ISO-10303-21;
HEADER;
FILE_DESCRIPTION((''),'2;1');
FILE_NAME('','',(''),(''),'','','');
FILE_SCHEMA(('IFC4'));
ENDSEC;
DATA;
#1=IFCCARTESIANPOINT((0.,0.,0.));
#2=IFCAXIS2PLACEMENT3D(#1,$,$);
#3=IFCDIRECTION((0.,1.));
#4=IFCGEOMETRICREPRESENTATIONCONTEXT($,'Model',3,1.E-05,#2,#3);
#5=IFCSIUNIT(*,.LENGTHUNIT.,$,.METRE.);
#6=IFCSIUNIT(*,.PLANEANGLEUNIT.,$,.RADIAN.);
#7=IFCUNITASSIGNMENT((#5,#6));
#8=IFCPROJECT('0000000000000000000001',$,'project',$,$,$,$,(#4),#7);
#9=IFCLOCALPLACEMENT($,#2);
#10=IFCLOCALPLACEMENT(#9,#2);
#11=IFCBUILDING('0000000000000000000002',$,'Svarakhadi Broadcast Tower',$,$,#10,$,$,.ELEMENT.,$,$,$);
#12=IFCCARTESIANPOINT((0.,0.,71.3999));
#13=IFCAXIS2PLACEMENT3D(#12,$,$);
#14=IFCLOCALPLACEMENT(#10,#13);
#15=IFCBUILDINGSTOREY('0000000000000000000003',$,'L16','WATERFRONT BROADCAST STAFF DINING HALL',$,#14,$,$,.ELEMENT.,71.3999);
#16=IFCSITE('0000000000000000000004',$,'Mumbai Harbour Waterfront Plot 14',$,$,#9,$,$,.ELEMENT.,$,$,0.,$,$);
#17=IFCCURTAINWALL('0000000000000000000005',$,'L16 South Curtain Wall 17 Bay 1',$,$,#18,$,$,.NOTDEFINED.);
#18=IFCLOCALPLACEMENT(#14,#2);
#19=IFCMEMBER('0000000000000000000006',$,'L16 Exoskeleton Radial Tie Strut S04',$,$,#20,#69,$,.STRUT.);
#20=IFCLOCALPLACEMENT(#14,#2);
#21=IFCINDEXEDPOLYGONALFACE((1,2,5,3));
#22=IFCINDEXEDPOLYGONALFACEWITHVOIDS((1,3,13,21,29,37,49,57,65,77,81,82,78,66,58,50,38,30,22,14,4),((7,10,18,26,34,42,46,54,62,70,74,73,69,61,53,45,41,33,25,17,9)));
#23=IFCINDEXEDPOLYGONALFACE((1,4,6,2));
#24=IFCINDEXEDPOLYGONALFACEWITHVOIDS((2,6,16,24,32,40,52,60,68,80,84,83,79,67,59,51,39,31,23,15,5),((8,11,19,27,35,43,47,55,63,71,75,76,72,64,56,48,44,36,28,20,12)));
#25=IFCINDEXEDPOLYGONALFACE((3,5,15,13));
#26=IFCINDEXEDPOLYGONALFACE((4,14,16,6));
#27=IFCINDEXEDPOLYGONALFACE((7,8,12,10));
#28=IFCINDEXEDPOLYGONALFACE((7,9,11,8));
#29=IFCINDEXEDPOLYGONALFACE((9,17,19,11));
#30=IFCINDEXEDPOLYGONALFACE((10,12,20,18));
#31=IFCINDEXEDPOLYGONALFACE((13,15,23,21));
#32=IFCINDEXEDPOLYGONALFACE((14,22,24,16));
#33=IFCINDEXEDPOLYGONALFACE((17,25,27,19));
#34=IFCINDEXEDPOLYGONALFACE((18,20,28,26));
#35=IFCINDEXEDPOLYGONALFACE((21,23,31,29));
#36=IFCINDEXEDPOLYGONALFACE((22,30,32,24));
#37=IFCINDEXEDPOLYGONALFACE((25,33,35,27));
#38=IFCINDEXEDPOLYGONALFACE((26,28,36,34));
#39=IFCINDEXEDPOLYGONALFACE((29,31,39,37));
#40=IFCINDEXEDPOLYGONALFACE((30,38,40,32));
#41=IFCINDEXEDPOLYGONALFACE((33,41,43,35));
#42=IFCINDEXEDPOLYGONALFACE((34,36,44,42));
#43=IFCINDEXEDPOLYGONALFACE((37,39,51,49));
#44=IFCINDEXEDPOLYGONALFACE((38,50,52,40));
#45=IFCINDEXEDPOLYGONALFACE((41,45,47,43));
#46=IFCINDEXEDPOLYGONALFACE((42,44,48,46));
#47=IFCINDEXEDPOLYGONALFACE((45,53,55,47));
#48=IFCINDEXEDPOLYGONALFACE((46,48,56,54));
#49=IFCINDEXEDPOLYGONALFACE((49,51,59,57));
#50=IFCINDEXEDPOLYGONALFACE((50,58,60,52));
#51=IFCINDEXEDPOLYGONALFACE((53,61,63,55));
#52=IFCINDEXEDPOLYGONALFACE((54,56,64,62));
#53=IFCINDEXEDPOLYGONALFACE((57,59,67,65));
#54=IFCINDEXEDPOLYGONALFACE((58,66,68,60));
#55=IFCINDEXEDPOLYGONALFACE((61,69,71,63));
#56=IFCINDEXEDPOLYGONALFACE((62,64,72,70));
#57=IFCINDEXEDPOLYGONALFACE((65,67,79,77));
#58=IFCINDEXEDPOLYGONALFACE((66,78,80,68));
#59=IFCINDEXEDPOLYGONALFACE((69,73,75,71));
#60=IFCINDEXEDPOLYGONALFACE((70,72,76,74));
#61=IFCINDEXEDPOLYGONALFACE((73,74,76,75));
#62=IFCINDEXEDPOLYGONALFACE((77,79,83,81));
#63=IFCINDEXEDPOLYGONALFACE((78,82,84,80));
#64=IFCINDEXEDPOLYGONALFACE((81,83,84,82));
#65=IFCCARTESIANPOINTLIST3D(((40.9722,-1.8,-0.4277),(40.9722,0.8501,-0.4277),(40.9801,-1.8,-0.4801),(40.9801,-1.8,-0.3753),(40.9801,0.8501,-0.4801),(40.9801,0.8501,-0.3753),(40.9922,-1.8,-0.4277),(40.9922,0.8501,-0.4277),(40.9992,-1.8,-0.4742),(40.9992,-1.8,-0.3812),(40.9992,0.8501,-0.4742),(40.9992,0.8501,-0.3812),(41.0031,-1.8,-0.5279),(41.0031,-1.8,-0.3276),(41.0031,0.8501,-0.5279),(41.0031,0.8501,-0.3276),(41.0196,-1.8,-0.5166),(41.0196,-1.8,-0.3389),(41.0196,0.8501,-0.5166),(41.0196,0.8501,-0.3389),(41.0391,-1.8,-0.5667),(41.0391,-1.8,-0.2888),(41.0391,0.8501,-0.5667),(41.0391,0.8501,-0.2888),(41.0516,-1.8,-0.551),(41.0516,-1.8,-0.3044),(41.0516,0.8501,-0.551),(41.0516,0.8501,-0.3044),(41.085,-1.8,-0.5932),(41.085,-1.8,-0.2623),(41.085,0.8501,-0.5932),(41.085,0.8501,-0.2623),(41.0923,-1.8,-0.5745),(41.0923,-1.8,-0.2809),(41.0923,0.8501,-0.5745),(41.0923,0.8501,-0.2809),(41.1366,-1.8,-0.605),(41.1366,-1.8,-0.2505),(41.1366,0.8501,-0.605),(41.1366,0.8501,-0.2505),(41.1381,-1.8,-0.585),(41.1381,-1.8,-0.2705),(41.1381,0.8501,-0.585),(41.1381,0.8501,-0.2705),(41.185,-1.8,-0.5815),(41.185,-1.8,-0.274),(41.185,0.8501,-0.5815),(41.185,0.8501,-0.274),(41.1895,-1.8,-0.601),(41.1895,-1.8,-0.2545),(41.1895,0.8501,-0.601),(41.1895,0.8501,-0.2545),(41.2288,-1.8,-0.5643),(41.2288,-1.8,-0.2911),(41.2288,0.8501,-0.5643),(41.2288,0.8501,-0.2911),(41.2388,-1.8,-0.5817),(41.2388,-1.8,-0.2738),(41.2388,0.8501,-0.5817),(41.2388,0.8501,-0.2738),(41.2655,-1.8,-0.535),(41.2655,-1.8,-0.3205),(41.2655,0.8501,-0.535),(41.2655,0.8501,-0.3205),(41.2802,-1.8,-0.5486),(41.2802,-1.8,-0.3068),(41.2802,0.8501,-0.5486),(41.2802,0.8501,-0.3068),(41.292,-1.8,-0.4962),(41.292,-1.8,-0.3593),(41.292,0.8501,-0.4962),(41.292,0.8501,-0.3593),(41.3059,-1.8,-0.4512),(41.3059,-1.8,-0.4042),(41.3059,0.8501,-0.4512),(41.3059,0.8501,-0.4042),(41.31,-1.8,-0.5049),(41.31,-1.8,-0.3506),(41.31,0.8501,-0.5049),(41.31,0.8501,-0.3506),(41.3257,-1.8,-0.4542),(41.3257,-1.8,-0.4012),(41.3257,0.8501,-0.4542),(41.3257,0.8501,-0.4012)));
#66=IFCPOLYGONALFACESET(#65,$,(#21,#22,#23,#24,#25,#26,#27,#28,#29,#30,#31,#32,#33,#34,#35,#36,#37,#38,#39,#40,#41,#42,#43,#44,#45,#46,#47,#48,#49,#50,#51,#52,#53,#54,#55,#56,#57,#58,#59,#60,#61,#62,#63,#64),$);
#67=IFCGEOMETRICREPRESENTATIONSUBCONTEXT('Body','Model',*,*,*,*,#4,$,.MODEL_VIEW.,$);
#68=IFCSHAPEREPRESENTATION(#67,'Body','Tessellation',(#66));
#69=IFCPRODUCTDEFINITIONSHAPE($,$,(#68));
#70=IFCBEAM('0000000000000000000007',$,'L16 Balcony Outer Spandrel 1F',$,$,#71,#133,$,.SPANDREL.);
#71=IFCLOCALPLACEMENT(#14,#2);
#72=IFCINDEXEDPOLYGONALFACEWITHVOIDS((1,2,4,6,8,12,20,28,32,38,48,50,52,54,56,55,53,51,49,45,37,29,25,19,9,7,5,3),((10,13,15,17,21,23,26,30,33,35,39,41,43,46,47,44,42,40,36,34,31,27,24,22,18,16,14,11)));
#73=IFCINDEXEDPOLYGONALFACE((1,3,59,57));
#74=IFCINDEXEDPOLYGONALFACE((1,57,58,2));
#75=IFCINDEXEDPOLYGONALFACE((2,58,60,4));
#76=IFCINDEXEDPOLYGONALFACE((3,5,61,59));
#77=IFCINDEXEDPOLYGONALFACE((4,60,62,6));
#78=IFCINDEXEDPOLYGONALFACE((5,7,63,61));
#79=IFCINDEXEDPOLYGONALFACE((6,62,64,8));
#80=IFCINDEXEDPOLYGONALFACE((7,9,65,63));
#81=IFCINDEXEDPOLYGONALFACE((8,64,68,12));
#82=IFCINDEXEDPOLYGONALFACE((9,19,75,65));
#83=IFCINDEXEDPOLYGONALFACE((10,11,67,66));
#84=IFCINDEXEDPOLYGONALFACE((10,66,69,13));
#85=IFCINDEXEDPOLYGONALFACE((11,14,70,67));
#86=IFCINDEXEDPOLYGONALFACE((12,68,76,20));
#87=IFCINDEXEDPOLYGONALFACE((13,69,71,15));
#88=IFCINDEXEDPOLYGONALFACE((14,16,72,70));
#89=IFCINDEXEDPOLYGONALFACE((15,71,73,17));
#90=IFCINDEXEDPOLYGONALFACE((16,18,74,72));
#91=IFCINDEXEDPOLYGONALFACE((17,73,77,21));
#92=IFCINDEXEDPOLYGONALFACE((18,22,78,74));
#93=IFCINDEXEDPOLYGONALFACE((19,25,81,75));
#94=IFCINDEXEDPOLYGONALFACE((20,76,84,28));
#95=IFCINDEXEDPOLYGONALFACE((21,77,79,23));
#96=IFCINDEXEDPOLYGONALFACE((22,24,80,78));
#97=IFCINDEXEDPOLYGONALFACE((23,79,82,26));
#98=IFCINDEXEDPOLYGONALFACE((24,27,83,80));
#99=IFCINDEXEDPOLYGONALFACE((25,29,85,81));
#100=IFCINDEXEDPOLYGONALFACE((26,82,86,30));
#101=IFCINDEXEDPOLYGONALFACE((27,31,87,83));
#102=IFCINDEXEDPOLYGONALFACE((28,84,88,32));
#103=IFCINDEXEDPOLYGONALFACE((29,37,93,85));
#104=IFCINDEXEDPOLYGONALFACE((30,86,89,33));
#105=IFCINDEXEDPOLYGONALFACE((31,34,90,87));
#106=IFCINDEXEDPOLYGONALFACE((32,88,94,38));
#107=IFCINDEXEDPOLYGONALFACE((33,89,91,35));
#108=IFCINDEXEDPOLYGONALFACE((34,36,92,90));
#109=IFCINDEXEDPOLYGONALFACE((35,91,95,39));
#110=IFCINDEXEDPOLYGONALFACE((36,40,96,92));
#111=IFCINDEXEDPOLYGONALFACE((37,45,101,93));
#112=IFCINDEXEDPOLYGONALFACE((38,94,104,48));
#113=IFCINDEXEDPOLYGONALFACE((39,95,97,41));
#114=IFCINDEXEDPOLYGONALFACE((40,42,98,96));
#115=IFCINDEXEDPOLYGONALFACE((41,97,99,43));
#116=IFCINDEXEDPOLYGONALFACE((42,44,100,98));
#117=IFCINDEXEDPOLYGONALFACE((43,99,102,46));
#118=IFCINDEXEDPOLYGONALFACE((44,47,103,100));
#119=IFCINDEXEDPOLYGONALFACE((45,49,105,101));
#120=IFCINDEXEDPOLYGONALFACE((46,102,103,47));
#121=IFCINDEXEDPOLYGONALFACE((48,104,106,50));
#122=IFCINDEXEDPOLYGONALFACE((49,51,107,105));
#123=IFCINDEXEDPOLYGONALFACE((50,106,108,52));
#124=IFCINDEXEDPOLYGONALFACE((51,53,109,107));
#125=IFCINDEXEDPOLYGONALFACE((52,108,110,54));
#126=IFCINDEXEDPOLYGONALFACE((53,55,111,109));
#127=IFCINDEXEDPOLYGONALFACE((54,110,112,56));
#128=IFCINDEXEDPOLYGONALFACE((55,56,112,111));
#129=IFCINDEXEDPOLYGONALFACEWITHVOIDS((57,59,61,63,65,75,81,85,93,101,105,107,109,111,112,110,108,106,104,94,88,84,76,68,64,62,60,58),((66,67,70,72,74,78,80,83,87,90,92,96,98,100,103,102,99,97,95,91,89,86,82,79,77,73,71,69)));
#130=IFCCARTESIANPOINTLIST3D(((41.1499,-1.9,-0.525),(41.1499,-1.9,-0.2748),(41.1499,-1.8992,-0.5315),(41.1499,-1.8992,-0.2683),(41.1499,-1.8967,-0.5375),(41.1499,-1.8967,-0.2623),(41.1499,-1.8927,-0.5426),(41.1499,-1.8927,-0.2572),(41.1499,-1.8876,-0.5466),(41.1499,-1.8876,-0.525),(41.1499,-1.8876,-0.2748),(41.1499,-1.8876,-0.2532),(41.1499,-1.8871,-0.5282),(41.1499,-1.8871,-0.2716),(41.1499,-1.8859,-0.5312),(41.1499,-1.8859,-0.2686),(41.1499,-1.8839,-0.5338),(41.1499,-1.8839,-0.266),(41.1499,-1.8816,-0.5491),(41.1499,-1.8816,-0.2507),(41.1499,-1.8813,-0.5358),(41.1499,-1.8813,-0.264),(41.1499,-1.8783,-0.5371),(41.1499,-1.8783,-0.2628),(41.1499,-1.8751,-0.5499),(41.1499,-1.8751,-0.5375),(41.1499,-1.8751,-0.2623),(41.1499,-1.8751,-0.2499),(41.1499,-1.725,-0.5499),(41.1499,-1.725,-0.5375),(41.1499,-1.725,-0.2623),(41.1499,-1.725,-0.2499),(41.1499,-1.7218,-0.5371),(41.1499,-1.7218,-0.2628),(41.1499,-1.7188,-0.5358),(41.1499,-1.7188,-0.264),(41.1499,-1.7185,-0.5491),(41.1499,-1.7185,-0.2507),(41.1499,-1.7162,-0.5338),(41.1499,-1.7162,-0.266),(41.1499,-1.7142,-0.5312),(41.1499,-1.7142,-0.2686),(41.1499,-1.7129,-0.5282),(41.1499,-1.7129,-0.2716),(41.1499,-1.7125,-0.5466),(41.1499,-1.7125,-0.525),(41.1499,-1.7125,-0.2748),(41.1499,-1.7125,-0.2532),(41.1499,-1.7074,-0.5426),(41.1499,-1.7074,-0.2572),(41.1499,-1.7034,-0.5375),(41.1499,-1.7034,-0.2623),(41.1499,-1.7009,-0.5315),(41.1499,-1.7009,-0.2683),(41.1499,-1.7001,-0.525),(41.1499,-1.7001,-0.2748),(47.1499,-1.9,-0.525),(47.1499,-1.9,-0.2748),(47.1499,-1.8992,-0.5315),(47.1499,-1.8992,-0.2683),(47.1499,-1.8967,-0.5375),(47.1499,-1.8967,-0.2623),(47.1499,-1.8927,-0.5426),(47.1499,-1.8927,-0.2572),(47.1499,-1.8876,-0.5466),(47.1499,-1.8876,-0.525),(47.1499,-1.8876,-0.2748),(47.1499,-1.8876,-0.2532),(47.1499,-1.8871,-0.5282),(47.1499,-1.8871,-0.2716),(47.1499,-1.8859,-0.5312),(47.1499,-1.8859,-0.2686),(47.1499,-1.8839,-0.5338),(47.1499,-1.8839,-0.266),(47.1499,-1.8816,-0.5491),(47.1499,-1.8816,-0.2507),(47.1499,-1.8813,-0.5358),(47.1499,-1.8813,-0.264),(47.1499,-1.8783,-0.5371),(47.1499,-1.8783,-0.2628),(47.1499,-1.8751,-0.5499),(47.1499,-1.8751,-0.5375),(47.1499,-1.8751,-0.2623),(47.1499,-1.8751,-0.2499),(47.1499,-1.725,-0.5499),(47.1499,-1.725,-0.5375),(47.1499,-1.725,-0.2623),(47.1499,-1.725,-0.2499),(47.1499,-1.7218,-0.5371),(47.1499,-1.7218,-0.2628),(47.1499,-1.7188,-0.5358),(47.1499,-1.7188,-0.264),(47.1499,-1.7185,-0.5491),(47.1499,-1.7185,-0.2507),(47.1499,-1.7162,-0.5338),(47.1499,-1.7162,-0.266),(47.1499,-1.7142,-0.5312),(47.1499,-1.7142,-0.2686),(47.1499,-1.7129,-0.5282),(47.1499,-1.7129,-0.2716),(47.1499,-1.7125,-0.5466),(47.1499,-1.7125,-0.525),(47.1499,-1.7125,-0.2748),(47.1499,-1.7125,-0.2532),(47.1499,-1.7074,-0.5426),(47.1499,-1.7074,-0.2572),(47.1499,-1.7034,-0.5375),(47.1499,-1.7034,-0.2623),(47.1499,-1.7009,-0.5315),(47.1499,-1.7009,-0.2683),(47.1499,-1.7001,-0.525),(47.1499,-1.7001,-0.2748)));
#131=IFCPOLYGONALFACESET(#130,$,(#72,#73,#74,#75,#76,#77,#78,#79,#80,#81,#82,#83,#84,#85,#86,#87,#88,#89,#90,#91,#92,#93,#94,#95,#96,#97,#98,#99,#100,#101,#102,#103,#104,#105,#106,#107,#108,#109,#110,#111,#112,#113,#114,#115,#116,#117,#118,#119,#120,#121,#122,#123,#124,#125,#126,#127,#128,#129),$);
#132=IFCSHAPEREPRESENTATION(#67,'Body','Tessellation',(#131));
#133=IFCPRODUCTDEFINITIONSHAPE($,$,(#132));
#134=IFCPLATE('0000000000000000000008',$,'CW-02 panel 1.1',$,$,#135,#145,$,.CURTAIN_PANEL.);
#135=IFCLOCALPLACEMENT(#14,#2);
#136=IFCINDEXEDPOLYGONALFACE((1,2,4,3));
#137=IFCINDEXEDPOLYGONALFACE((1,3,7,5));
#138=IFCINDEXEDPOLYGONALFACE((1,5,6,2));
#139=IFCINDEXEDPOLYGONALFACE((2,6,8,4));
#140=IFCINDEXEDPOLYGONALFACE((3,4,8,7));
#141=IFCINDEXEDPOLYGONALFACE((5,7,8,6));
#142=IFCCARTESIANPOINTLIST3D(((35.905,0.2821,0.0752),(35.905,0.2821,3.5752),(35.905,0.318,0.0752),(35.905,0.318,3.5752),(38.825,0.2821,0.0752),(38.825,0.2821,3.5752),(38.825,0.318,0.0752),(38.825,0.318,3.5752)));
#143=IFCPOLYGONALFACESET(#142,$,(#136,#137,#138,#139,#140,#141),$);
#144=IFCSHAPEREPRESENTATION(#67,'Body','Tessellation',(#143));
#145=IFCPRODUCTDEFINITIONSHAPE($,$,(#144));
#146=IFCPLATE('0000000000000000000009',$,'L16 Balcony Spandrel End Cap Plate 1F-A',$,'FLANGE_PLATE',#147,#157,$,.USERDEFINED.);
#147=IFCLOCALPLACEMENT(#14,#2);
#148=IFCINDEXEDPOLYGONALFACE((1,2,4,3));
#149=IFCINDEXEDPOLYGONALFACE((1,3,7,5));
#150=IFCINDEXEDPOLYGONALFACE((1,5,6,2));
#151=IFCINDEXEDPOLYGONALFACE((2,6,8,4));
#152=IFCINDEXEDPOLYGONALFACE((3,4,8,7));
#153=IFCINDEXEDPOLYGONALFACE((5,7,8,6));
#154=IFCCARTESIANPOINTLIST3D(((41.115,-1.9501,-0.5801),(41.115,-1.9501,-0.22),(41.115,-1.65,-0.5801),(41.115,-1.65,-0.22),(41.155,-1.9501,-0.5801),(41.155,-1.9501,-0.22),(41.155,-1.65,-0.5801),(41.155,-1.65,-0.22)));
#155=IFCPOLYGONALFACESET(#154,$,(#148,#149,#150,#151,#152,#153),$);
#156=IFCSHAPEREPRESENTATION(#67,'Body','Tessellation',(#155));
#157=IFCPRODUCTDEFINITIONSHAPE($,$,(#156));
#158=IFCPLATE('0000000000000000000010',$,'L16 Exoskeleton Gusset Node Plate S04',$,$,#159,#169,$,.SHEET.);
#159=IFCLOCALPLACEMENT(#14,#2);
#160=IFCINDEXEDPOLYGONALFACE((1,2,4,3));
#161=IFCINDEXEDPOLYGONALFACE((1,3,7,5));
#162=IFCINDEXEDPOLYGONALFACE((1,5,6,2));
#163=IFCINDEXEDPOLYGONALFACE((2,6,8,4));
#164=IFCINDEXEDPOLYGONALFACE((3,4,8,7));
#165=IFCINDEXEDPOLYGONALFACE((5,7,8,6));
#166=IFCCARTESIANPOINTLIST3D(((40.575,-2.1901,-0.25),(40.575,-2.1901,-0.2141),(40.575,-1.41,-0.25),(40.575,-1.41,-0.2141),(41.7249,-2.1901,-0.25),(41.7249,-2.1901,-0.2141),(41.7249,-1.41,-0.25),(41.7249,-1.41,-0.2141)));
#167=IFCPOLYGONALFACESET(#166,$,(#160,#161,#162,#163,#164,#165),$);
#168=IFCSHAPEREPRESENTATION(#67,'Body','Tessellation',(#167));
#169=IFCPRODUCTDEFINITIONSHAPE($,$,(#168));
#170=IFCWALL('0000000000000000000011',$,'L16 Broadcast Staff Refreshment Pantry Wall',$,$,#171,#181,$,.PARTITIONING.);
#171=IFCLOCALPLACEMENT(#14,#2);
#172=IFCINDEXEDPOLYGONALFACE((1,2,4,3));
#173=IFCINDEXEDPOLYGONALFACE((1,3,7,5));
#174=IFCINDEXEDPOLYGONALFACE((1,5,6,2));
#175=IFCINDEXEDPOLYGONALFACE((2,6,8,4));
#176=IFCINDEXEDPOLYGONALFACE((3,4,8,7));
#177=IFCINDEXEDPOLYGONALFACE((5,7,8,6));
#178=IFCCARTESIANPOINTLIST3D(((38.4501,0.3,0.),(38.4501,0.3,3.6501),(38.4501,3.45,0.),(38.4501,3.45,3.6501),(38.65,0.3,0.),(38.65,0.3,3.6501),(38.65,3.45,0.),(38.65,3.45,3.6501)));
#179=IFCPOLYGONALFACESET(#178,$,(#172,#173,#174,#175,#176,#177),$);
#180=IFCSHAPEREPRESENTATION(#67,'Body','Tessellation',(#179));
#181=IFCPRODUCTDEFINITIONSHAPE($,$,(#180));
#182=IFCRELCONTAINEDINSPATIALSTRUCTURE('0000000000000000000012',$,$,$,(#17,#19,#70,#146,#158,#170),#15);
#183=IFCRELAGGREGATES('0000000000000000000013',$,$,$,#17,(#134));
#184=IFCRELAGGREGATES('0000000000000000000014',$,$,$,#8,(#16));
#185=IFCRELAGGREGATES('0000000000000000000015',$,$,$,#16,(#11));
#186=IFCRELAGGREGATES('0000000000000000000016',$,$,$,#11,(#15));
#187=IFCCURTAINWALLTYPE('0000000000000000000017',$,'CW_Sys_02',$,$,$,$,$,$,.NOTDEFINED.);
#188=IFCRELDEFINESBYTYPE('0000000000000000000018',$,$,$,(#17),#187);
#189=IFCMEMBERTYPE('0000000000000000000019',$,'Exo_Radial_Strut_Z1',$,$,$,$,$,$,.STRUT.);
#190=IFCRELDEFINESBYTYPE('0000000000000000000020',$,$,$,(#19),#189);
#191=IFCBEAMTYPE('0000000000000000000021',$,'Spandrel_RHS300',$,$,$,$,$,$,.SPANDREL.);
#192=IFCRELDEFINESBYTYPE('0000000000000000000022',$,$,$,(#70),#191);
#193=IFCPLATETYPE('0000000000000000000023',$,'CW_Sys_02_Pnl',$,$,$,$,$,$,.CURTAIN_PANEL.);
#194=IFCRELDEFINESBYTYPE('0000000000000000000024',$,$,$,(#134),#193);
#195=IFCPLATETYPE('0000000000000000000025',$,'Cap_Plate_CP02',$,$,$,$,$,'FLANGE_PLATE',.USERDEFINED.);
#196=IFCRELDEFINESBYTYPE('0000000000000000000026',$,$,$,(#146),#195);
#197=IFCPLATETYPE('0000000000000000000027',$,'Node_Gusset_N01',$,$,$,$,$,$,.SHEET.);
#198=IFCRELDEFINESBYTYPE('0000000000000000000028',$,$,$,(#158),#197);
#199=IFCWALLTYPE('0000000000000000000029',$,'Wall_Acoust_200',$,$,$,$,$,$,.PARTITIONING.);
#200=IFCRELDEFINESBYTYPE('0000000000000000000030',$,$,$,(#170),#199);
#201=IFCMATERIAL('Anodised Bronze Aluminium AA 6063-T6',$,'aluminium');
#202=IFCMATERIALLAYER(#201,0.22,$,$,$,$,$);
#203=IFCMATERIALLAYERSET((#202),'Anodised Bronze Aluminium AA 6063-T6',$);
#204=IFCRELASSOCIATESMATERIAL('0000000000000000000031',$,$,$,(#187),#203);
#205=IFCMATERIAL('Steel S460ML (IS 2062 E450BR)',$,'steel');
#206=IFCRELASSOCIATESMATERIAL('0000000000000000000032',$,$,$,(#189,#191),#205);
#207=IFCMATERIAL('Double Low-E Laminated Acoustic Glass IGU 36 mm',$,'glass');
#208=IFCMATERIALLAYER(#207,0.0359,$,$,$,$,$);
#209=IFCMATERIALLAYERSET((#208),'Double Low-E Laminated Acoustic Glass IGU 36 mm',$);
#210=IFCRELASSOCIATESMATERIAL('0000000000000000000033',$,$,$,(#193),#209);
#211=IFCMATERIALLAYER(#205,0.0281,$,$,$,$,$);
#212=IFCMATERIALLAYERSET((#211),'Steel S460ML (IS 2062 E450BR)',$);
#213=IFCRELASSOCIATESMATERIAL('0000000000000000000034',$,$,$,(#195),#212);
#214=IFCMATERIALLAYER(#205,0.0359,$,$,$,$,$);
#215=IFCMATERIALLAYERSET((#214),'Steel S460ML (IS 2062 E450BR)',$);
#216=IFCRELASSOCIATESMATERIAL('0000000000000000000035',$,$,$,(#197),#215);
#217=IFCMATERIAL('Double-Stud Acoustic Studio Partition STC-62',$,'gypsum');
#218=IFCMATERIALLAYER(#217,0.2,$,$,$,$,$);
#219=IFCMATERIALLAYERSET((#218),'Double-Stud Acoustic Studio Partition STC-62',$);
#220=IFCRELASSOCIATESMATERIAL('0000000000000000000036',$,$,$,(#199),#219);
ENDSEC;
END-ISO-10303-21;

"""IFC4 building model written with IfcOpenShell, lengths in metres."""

from ifc_helpers import new_model, si_unit, direction, frame, frame_2d, origin, origin_2d, place, context, subcontext, project, spatial, rectangle, hollow_rectangle, hollow_circle, extrude, material, layer, layer_set, material_profile, profile_set, type_object, element, aggregate, save


model = new_model("IFC4")

# Units and contexts
model_context = context("Model", 3, precision=1e-05, world=origin(), true_north=direction((0.0, 1.0)))
body_context = subcontext(model_context, "Body", "Model", "MODEL_VIEW")
ifc_project = project(units=[si_unit("LENGTHUNIT", "METRE"), si_unit("PLANEANGLEUNIT", "RADIAN")], contexts=[model_context])

# Site, building, storey
site_placement = place(None, origin())
site = spatial("IfcSite", under=ifc_project, at=site_placement, Name="Mumbai Harbour Waterfront Plot 14", CompositionType="ELEMENT", RefElevation=0.0)
building_placement = place(site_placement, origin())
building = spatial("IfcBuilding", under=site, at=building_placement, Name="Svarakhadi Broadcast Tower", CompositionType="ELEMENT")
storey_placement = place(building_placement, frame((0.0, 0.0, 71.3999)))
storey = spatial("IfcBuildingStorey", under=building, at=storey_placement, Name="L16", Description="WATERFRONT BROADCAST STAFF DINING HALL", CompositionType="ELEMENT", Elevation=71.3999)

# Curtain wall
ifc_material_1 = material(Name="Anodised Bronze Aluminium AA 6063-T6", Category="aluminium")
ifc_layer_1 = layer(ifc_material_1, 0.22)
ifc_layer_set_1 = layer_set([ifc_layer_1], Name="Anodised Bronze Aluminium AA 6063-T6")
curtain_wall_type = type_object("IfcCurtainWallType", Name="CW_Sys_02", PredefinedType="NOTDEFINED", material=ifc_layer_set_1)
curtain_wall_placement = place(storey_placement, origin())
curtain_wall = element("IfcCurtainWall", 1, at=curtain_wall_placement, inside=storey, type_object=curtain_wall_type, Name="L16 South Curtain Wall 17 Bay 1", PredefinedType="NOTDEFINED")

# Member
ifc_material_2 = material(Name="Steel S460ML (IS 2062 E450BR)", Category="steel")
ifc_material_profile_1 = material_profile(ifc_material_2, hollow_circle(Radius=0.1777, WallThickness=0.02, at=origin_2d()), Name="CHS 355.6x20")
ifc_profile_set_1 = profile_set([ifc_material_profile_1], Name="Steel S460ML (IS 2062 E450BR)")
member_type_1 = type_object("IfcMemberType", Name="Exo_Radial_Strut_Z1", PredefinedType="STRUT", material=ifc_profile_set_1)
member_1_placement = place(storey_placement, frame((41.1499, -1.8, -0.4277), z_axis=(0.0, 1.0, 0.0), x_axis=(-1.0, 0.0, 0.0)))
element("IfcMember", 2, at=member_1_placement, inside=storey, type_object=member_type_1, Name="L16 Exoskeleton Radial Tie Strut S04", PredefinedType="STRUT", context=body_context, shape_type="SweptSolid", body=[
    extrude(hollow_circle(Radius=0.1777, WallThickness=0.02, at=origin_2d()), origin(), (0.0, 0.0, 1.0), 2.6501),
])

# Beam
ifc_material_profile_2 = material_profile(ifc_material_2, hollow_rectangle(XDim=0.2, YDim=0.3, WallThickness=0.0125, InnerFilletRadius=0.0125, OuterFilletRadius=0.0249, at=origin_2d()), Name="RHS 300x200x12.5")
ifc_profile_set_2 = profile_set([ifc_material_profile_2], Name="Steel S460ML (IS 2062 E450BR)")
beam_type_1 = type_object("IfcBeamType", Name="Spandrel_RHS300", PredefinedType="SPANDREL", material=ifc_profile_set_2)
beam_placement = place(storey_placement, frame((41.1499, -1.8, -0.3999), z_axis=(1.0, 0.0, 0.0), x_axis=(0.0, 1.0, 0.0)))
element("IfcBeam", 3, at=beam_placement, inside=storey, type_object=beam_type_1, Name="L16 Balcony Outer Spandrel 1F", PredefinedType="SPANDREL", context=body_context, shape_type="SweptSolid", body=[
    extrude(hollow_rectangle(XDim=0.2, YDim=0.3, WallThickness=0.0125, InnerFilletRadius=0.0125, OuterFilletRadius=0.0249, at=origin_2d()), origin(), (0.0, 0.0, 1.0), 6.0),
])

# Plate
ifc_material_3 = material(Name="Double Low-E Laminated Acoustic Glass IGU 36 mm", Category="glass")
ifc_layer_2 = layer(ifc_material_3, 0.0359)
ifc_layer_set_2 = layer_set([ifc_layer_2], Name="Double Low-E Laminated Acoustic Glass IGU 36 mm")
plate_type_1 = type_object("IfcPlateType", Name="CW_Sys_02_Pnl", PredefinedType="CURTAIN_PANEL", material=ifc_layer_set_2)
plate_1_placement = place(storey_placement, frame((37.365, 0.3, 0.0752), z_axis=(0.0, 0.0, 1.0), x_axis=(-1.0, 0.0, 0.0)))
plate_1 = element("IfcPlate", 4, at=plate_1_placement, type_object=plate_type_1, Name="CW-02 panel 1.1", PredefinedType="CURTAIN_PANEL", context=body_context, shape_type="SweptSolid", body=[
    extrude(rectangle(XDim=2.9199, YDim=0.0359, at=origin_2d()), origin(), (0.0, 0.0, 1.0), 3.5),
])
aggregate(curtain_wall, [plate_1])

# Plates
ifc_layer_3 = layer(ifc_material_2, 0.0281)
ifc_layer_set_3 = layer_set([ifc_layer_3], Name="Steel S460ML (IS 2062 E450BR)")
plate_type_2 = type_object("IfcPlateType", Name="Cap_Plate_CP02", ElementType="FLANGE_PLATE", PredefinedType="USERDEFINED", material=ifc_layer_set_3)
plate_2_placement = place(storey_placement, frame((41.135, -1.8, -0.5801), z_axis=(0.0, 0.0, 1.0), x_axis=(1.0, 0.0, 0.0)))
element("IfcPlate", 5, at=plate_2_placement, inside=storey, type_object=plate_type_2, Name="L16 Balcony Spandrel End Cap Plate 1F-A", ObjectType="FLANGE_PLATE", PredefinedType="USERDEFINED", context=body_context, shape_type="SweptSolid", body=[
    extrude(rectangle(XDim=0.04, YDim=0.3, at=origin_2d()), origin(), (0.0, 0.0, 1.0), 0.3601),
])
ifc_layer_4 = layer(ifc_material_2, 0.0359)
ifc_layer_set_4 = layer_set([ifc_layer_4], Name="Steel S460ML (IS 2062 E450BR)")
plate_type_3 = type_object("IfcPlateType", Name="Node_Gusset_N01", PredefinedType="SHEET", material=ifc_layer_set_4)
plate_3_placement = place(storey_placement, frame((41.1499, -1.8, -0.25), z_axis=(0.0, 0.0, 1.0), x_axis=(1.0, 0.0, 0.0)))
element("IfcPlate", 6, at=plate_3_placement, inside=storey, type_object=plate_type_3, Name="L16 Exoskeleton Gusset Node Plate S04", PredefinedType="SHEET", context=body_context, shape_type="SweptSolid", body=[
    extrude(rectangle(XDim=1.1499, YDim=0.78, at=origin_2d()), origin(), (0.0, 0.0, 1.0), 0.0359),
])

# Wall
ifc_material_4 = material(Name="Double-Stud Acoustic Studio Partition STC-62", Category="gypsum")
ifc_layer_5 = layer(ifc_material_4, 0.2)
ifc_layer_set_5 = layer_set([ifc_layer_5], Name="Double-Stud Acoustic Studio Partition STC-62")
wall_type_1 = type_object("IfcWallType", Name="Wall_Acoust_200", PredefinedType="PARTITIONING", material=ifc_layer_set_5)
wall_1_placement = place(storey_placement, frame((38.55, 0.3, 0.0), z_axis=(0.0, 0.0, 1.0), x_axis=(0.0, 1.0, 0.0)))
element("IfcWall", 7, at=wall_1_placement, inside=storey, type_object=wall_type_1, Name="L16 Broadcast Staff Refreshment Pantry Wall", PredefinedType="PARTITIONING", context=body_context, shape_type="SweptSolid", body=[
    extrude(rectangle(XDim=3.1499, YDim=0.2, at=frame_2d((1.575, 0.0))), origin(), (0.0, 0.0, 1.0), 3.6501),
])

save(model, "model.ifc")
